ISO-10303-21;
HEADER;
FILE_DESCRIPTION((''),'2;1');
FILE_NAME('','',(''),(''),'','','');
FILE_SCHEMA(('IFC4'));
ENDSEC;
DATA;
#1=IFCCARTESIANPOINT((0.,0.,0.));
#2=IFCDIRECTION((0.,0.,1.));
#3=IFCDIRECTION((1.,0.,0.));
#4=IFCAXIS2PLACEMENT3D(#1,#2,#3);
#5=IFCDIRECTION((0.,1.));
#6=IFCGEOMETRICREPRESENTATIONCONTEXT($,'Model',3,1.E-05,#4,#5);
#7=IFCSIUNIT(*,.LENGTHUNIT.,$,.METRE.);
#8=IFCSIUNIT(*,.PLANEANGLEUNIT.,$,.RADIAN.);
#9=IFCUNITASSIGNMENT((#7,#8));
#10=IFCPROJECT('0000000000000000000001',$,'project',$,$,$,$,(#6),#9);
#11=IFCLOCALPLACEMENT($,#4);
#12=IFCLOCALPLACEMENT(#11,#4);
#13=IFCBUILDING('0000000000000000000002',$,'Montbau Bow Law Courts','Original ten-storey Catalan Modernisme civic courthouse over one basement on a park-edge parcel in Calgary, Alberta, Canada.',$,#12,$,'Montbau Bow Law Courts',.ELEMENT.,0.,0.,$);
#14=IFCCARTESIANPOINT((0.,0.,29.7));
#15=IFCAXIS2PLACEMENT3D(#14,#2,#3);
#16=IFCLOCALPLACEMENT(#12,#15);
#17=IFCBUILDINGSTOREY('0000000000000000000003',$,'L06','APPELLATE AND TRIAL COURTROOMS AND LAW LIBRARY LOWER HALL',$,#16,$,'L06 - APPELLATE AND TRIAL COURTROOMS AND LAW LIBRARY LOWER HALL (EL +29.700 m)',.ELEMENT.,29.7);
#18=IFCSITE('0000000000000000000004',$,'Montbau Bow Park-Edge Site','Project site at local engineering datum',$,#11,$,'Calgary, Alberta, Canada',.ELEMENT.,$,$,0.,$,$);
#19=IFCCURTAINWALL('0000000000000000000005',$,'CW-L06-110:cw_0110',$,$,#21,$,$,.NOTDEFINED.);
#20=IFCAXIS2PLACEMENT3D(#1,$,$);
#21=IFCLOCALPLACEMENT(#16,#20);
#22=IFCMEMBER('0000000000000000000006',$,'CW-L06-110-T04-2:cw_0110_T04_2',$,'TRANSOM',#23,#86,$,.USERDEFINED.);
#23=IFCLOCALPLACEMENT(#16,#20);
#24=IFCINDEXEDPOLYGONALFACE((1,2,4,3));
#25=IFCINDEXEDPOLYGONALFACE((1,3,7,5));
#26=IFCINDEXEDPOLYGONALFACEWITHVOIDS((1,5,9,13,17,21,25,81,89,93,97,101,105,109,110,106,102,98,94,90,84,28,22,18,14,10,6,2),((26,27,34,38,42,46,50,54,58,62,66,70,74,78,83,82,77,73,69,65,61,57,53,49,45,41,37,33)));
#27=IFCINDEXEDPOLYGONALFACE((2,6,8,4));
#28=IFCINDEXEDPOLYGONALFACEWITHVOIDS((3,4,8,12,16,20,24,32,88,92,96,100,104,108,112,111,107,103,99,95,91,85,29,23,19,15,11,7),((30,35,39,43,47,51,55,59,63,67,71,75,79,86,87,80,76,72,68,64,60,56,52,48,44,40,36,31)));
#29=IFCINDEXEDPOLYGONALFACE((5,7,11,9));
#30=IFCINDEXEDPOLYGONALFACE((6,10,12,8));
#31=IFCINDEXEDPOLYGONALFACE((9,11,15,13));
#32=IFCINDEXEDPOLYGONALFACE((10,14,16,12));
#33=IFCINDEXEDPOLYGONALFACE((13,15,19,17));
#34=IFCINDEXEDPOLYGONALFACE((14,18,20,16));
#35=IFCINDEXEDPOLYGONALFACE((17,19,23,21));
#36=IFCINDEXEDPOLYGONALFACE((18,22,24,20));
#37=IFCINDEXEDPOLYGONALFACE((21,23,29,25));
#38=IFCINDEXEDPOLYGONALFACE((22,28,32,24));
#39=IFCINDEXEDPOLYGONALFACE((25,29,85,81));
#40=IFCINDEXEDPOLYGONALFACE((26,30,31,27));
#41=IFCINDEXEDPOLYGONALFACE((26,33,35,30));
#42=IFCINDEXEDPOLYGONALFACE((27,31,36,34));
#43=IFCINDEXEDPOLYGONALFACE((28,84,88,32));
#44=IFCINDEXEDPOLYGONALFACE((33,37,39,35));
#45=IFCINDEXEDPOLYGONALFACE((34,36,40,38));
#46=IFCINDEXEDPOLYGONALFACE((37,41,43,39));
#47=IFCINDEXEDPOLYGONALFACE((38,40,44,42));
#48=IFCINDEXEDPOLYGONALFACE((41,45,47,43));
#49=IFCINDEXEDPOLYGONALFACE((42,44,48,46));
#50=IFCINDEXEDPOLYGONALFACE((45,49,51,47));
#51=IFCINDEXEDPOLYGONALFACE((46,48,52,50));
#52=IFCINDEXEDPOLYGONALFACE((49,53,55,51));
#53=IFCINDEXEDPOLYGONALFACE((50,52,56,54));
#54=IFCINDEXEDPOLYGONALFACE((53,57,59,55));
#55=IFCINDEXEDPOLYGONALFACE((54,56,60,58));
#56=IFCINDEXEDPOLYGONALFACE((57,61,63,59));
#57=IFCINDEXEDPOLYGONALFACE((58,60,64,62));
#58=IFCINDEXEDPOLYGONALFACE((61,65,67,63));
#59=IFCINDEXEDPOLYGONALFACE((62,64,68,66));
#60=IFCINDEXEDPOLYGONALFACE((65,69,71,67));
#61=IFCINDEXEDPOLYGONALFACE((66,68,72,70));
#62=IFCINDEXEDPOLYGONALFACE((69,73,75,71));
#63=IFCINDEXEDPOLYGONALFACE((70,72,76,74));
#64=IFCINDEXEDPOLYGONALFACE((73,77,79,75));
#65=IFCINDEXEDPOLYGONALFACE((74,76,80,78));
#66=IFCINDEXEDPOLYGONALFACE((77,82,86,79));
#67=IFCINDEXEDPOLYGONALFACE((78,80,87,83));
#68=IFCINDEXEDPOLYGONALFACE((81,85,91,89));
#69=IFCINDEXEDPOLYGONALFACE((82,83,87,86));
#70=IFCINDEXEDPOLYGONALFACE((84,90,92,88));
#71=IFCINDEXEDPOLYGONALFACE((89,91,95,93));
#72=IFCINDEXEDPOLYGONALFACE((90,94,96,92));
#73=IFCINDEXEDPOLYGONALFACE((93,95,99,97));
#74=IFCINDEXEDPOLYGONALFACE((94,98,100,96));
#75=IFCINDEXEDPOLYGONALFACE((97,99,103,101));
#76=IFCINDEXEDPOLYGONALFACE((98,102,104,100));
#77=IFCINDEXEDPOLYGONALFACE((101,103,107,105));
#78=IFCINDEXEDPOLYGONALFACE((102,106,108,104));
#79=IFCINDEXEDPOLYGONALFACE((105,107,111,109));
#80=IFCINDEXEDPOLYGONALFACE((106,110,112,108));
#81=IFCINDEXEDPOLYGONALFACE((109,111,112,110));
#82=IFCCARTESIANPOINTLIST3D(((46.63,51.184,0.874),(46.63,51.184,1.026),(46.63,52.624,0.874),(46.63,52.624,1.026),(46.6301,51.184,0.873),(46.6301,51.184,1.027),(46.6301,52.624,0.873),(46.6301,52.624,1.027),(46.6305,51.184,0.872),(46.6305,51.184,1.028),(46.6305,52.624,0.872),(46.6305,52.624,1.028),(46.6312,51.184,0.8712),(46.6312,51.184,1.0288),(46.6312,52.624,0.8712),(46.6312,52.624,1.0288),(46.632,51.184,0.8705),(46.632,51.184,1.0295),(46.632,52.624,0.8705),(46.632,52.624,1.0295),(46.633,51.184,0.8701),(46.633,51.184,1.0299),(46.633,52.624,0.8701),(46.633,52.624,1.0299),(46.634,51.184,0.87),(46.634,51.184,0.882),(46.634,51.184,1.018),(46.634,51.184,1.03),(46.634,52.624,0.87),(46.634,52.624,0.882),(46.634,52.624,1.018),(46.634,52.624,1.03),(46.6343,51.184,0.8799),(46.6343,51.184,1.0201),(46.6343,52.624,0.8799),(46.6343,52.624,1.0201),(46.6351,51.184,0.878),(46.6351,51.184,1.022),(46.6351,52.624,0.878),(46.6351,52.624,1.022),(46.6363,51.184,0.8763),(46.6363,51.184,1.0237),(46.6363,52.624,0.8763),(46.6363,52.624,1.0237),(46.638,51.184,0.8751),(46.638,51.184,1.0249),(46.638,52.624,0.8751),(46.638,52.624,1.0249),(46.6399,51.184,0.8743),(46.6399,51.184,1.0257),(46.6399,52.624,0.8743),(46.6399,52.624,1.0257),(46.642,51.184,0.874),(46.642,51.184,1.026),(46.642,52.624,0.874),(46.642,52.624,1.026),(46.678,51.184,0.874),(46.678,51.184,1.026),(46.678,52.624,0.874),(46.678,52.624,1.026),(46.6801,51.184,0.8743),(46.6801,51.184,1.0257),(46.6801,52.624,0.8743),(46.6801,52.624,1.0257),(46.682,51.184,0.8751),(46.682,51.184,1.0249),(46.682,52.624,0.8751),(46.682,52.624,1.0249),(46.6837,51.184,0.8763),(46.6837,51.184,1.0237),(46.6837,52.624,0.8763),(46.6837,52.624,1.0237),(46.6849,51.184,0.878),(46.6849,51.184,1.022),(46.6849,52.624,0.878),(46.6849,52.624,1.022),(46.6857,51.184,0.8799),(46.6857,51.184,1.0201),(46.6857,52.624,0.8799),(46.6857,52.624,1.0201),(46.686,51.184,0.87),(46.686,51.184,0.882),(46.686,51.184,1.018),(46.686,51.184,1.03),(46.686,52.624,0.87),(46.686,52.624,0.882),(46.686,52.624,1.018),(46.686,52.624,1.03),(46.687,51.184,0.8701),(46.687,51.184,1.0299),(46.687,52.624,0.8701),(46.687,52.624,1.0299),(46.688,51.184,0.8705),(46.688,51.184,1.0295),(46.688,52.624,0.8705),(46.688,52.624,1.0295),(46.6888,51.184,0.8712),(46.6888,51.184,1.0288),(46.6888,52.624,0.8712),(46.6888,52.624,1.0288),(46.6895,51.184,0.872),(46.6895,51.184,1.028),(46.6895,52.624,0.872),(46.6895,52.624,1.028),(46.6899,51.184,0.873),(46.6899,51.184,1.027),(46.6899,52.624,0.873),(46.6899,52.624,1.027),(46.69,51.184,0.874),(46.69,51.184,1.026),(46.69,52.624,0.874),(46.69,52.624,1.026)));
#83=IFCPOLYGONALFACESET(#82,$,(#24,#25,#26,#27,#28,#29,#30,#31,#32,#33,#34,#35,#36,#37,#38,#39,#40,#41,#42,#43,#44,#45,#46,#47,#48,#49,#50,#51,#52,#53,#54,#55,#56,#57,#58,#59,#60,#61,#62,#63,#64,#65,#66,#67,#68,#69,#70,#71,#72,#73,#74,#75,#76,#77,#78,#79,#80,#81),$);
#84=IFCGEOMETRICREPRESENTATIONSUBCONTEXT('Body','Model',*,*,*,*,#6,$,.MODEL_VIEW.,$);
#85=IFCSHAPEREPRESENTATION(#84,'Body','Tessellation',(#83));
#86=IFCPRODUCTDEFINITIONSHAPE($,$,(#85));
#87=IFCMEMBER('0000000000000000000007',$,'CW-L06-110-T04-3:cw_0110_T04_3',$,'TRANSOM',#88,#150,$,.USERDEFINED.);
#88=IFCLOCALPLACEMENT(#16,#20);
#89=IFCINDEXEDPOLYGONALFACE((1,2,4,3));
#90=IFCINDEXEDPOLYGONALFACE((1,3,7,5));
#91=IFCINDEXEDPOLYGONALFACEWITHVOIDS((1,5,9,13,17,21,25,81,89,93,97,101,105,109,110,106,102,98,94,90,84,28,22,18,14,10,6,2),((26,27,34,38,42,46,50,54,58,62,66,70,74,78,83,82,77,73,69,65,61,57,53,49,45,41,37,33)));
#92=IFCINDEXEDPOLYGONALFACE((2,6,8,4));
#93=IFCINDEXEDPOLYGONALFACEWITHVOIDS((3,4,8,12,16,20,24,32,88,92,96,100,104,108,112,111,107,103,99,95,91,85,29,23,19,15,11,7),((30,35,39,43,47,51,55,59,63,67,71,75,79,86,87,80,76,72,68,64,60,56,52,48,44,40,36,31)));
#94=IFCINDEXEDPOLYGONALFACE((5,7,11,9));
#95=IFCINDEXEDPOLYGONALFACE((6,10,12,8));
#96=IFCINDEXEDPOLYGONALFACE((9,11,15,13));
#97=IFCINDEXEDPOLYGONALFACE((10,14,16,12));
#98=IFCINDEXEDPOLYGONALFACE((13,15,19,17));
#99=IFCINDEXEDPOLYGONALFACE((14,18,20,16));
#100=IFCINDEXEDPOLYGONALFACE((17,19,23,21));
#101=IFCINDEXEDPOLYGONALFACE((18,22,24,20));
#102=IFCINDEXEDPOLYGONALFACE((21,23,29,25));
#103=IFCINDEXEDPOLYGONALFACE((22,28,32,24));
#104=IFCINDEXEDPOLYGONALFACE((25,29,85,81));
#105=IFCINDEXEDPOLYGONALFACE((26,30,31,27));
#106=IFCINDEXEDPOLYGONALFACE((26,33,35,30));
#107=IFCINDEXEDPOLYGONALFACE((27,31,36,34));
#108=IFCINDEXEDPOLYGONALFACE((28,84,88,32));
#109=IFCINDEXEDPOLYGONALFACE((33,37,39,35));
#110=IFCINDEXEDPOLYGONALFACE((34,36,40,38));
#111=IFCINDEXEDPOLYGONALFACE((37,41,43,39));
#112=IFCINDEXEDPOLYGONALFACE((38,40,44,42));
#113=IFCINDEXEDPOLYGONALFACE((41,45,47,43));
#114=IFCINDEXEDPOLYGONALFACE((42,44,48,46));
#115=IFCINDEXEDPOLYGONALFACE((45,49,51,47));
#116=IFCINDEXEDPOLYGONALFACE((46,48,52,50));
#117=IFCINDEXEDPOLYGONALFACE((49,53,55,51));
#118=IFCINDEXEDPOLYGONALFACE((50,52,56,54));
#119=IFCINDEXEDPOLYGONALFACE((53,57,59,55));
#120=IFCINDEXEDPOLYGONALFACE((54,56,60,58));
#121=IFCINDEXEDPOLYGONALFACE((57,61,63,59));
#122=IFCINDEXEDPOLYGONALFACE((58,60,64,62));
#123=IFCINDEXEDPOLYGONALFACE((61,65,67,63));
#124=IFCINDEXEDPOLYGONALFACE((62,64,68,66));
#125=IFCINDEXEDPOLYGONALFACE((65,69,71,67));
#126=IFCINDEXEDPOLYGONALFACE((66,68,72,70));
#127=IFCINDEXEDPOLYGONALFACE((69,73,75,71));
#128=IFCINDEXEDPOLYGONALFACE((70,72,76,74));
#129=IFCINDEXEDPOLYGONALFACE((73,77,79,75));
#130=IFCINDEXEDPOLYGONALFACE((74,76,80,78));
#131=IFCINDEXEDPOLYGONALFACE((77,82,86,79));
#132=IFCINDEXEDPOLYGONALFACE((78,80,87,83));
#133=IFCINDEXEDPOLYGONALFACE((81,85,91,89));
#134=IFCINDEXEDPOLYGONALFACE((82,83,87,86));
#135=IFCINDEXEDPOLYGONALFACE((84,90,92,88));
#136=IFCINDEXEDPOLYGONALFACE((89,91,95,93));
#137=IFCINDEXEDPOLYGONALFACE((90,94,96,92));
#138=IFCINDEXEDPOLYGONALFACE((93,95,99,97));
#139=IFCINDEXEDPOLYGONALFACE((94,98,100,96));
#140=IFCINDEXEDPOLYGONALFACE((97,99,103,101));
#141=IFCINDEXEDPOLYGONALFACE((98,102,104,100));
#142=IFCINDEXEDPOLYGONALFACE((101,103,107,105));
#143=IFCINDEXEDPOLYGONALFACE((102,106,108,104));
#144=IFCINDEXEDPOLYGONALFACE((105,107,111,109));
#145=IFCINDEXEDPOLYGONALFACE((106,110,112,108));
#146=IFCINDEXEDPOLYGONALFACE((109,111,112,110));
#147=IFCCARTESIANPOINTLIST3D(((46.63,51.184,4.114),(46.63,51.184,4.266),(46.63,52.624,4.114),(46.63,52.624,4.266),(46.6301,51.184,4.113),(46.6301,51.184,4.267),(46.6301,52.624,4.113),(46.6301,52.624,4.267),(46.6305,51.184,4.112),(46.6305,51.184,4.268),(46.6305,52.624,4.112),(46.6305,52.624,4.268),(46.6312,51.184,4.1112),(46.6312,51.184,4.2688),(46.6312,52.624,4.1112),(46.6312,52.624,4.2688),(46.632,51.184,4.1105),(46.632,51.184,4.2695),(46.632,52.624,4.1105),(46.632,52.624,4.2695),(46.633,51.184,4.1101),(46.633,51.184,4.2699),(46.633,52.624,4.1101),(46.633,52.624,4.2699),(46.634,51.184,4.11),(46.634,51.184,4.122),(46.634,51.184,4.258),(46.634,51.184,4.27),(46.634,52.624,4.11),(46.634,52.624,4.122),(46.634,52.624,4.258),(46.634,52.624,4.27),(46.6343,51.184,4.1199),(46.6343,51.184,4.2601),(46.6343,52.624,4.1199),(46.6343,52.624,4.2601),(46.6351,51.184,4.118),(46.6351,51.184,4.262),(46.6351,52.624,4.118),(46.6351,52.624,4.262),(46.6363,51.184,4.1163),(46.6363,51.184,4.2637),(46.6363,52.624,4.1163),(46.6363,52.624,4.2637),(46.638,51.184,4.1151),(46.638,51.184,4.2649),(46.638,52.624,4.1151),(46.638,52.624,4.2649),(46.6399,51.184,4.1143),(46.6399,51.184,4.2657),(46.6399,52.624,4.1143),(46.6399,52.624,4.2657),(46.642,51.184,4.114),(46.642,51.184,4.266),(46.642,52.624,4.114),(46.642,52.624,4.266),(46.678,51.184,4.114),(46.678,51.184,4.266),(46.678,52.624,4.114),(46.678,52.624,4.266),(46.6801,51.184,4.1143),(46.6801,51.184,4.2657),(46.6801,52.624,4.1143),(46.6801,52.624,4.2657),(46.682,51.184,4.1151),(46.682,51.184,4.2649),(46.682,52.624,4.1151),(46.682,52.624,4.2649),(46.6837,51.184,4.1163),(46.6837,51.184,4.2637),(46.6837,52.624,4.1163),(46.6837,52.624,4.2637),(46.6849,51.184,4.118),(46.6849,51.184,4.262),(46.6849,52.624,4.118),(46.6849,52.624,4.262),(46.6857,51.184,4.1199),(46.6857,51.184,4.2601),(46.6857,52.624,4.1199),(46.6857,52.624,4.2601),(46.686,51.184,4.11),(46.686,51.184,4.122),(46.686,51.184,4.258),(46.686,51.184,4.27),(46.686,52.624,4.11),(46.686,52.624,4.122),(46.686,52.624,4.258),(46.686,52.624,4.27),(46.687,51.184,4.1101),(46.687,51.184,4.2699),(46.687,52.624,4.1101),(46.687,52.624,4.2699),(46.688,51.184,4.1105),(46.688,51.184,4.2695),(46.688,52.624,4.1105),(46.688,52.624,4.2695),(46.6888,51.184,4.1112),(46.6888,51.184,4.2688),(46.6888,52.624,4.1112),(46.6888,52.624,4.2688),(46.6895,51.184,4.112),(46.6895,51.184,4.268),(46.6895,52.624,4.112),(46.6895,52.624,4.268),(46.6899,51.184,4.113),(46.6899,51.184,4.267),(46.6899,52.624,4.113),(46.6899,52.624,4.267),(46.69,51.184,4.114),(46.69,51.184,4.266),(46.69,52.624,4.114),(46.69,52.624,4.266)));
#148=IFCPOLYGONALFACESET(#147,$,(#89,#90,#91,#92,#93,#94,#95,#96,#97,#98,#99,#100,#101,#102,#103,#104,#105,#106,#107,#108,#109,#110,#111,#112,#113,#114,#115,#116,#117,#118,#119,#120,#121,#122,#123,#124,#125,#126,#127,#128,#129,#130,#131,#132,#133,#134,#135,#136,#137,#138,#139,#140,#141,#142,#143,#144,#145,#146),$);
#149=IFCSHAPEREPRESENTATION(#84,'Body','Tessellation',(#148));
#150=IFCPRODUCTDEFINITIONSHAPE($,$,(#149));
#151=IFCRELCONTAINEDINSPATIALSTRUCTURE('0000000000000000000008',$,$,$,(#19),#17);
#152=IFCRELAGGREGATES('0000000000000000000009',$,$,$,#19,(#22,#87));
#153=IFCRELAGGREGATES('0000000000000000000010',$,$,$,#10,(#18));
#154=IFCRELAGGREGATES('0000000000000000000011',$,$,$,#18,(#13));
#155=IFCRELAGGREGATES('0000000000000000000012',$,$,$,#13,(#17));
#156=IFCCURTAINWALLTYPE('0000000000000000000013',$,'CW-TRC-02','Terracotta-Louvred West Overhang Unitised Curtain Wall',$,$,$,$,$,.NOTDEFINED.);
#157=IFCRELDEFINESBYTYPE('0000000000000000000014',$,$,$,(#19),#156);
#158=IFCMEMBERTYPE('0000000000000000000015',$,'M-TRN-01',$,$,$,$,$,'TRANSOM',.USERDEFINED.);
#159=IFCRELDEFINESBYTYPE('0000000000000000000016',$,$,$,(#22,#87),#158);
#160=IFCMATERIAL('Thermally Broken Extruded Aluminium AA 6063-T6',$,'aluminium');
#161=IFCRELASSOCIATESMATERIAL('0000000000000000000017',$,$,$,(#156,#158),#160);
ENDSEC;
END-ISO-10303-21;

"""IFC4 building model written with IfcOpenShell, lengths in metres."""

from ifc_helpers import new_model, si_unit, direction, frame, origin_with_axes, origin_2d_with_axis, place, context, subcontext, project, spatial, hollow_rectangle, extrude, material, material_profile, profile_set, type_object, element, aggregate, save


model = new_model("IFC4")

# Units and contexts
model_context = context("Model", 3, precision=1e-05, world=origin_with_axes(), true_north=direction((0.0, 1.0)))
body_context = subcontext(model_context, "Body", "Model", "MODEL_VIEW")
ifc_project = project(units=[si_unit("LENGTHUNIT", "METRE"), si_unit("PLANEANGLEUNIT", "RADIAN")], contexts=[model_context])

# Site, building, storey
site_placement = place(None, origin_with_axes())
site = spatial("IfcSite", under=ifc_project, at=site_placement, Name="Montbau Bow Park-Edge Site", Description="Project site at local engineering datum", LongName="Calgary, Alberta, Canada", CompositionType="ELEMENT", RefElevation=0.0)
building_placement = place(site_placement, origin_with_axes())
building = spatial("IfcBuilding", under=site, at=building_placement, Name="Montbau Bow Law Courts", Description="Original ten-storey Catalan Modernisme civic courthouse over one basement on a park-edge parcel in Calgary, Alberta, Canada.", LongName="Montbau Bow Law Courts", CompositionType="ELEMENT", ElevationOfRefHeight=0.0, ElevationOfTerrain=0.0)
storey_placement = place(building_placement, frame((0.0, 0.0, 29.7), z_axis=(0.0, 0.0, 1.0), x_axis=(1.0, 0.0, 0.0)))
storey = spatial("IfcBuildingStorey", under=building, at=storey_placement, Name="L06", Description="APPELLATE AND TRIAL COURTROOMS AND LAW LIBRARY LOWER HALL", LongName="L06 - APPELLATE AND TRIAL COURTROOMS AND LAW LIBRARY LOWER HALL (EL +29.700 m)", CompositionType="ELEMENT", Elevation=29.7)

# Curtain wall, members
ifc_material_1 = material(Name="Thermally Broken Extruded Aluminium AA 6063-T6", Category="aluminium")
curtain_wall_type = type_object("IfcCurtainWallType", Name="CW-TRC-02", Description="Terracotta-Louvred West Overhang Unitised Curtain Wall", PredefinedType="NOTDEFINED", material=ifc_material_1)
curtain_wall_placement = place(None, frame((46.66, 46.64, 29.7), z_axis=(0.0, 0.0, 1.0), x_axis=(1.0, 0.0, 0.0)))
curtain_wall = element("IfcCurtainWall", 1, at=curtain_wall_placement, inside=storey, type_object=curtain_wall_type, Name="CW-L06-110:cw_0110", PredefinedType="NOTDEFINED")
ifc_material_profile_1 = material_profile(ifc_material_1, hollow_rectangle(XDim=0.06, YDim=0.16, WallThickness=0.004, InnerFilletRadius=0.008, OuterFilletRadius=0.004, at=origin_2d_with_axis()), Name="CWT-160X60", Category="Main", Priority=0)
ifc_profile_set_1 = profile_set([ifc_material_profile_1], Name="Thermally Broken Extruded Aluminium AA 6063-T6")
member_type_1 = type_object("IfcMemberType", Name="M-TRN-01", ElementType="TRANSOM", PredefinedType="USERDEFINED", material=ifc_profile_set_1)
member_1_placement = place(None, frame((46.66, 51.184, 30.65), z_axis=(0.0, 1.0, 0.0), x_axis=(-1.0, 0.0, 0.0)))
member_1 = element("IfcMember", 2, at=member_1_placement, type_object=member_type_1, Name="CW-L06-110-T04-2:cw_0110_T04_2", ObjectType="TRANSOM", PredefinedType="USERDEFINED", context=body_context, shape_type="SweptSolid", body=[
    extrude(hollow_rectangle(XDim=0.06, YDim=0.16, WallThickness=0.004, InnerFilletRadius=0.008, OuterFilletRadius=0.004, at=origin_2d_with_axis()), origin_with_axes(), (0.0, 0.0, 1.0), 1.44),
])
member_2_placement = place(None, frame((46.66, 51.184, 33.89), z_axis=(0.0, 1.0, 0.0), x_axis=(-1.0, 0.0, 0.0)))
member_2 = element("IfcMember", 3, at=member_2_placement, type_object=member_type_1, Name="CW-L06-110-T04-3:cw_0110_T04_3", ObjectType="TRANSOM", PredefinedType="USERDEFINED", context=body_context, shape_type="SweptSolid", body=[
    extrude(hollow_rectangle(XDim=0.06, YDim=0.16, WallThickness=0.004, InnerFilletRadius=0.008, OuterFilletRadius=0.004, at=origin_2d_with_axis()), origin_with_axes(), (0.0, 0.0, 1.0), 1.44),
])
aggregate(curtain_wall, [member_1, member_2])

save(model, "model.ifc")
